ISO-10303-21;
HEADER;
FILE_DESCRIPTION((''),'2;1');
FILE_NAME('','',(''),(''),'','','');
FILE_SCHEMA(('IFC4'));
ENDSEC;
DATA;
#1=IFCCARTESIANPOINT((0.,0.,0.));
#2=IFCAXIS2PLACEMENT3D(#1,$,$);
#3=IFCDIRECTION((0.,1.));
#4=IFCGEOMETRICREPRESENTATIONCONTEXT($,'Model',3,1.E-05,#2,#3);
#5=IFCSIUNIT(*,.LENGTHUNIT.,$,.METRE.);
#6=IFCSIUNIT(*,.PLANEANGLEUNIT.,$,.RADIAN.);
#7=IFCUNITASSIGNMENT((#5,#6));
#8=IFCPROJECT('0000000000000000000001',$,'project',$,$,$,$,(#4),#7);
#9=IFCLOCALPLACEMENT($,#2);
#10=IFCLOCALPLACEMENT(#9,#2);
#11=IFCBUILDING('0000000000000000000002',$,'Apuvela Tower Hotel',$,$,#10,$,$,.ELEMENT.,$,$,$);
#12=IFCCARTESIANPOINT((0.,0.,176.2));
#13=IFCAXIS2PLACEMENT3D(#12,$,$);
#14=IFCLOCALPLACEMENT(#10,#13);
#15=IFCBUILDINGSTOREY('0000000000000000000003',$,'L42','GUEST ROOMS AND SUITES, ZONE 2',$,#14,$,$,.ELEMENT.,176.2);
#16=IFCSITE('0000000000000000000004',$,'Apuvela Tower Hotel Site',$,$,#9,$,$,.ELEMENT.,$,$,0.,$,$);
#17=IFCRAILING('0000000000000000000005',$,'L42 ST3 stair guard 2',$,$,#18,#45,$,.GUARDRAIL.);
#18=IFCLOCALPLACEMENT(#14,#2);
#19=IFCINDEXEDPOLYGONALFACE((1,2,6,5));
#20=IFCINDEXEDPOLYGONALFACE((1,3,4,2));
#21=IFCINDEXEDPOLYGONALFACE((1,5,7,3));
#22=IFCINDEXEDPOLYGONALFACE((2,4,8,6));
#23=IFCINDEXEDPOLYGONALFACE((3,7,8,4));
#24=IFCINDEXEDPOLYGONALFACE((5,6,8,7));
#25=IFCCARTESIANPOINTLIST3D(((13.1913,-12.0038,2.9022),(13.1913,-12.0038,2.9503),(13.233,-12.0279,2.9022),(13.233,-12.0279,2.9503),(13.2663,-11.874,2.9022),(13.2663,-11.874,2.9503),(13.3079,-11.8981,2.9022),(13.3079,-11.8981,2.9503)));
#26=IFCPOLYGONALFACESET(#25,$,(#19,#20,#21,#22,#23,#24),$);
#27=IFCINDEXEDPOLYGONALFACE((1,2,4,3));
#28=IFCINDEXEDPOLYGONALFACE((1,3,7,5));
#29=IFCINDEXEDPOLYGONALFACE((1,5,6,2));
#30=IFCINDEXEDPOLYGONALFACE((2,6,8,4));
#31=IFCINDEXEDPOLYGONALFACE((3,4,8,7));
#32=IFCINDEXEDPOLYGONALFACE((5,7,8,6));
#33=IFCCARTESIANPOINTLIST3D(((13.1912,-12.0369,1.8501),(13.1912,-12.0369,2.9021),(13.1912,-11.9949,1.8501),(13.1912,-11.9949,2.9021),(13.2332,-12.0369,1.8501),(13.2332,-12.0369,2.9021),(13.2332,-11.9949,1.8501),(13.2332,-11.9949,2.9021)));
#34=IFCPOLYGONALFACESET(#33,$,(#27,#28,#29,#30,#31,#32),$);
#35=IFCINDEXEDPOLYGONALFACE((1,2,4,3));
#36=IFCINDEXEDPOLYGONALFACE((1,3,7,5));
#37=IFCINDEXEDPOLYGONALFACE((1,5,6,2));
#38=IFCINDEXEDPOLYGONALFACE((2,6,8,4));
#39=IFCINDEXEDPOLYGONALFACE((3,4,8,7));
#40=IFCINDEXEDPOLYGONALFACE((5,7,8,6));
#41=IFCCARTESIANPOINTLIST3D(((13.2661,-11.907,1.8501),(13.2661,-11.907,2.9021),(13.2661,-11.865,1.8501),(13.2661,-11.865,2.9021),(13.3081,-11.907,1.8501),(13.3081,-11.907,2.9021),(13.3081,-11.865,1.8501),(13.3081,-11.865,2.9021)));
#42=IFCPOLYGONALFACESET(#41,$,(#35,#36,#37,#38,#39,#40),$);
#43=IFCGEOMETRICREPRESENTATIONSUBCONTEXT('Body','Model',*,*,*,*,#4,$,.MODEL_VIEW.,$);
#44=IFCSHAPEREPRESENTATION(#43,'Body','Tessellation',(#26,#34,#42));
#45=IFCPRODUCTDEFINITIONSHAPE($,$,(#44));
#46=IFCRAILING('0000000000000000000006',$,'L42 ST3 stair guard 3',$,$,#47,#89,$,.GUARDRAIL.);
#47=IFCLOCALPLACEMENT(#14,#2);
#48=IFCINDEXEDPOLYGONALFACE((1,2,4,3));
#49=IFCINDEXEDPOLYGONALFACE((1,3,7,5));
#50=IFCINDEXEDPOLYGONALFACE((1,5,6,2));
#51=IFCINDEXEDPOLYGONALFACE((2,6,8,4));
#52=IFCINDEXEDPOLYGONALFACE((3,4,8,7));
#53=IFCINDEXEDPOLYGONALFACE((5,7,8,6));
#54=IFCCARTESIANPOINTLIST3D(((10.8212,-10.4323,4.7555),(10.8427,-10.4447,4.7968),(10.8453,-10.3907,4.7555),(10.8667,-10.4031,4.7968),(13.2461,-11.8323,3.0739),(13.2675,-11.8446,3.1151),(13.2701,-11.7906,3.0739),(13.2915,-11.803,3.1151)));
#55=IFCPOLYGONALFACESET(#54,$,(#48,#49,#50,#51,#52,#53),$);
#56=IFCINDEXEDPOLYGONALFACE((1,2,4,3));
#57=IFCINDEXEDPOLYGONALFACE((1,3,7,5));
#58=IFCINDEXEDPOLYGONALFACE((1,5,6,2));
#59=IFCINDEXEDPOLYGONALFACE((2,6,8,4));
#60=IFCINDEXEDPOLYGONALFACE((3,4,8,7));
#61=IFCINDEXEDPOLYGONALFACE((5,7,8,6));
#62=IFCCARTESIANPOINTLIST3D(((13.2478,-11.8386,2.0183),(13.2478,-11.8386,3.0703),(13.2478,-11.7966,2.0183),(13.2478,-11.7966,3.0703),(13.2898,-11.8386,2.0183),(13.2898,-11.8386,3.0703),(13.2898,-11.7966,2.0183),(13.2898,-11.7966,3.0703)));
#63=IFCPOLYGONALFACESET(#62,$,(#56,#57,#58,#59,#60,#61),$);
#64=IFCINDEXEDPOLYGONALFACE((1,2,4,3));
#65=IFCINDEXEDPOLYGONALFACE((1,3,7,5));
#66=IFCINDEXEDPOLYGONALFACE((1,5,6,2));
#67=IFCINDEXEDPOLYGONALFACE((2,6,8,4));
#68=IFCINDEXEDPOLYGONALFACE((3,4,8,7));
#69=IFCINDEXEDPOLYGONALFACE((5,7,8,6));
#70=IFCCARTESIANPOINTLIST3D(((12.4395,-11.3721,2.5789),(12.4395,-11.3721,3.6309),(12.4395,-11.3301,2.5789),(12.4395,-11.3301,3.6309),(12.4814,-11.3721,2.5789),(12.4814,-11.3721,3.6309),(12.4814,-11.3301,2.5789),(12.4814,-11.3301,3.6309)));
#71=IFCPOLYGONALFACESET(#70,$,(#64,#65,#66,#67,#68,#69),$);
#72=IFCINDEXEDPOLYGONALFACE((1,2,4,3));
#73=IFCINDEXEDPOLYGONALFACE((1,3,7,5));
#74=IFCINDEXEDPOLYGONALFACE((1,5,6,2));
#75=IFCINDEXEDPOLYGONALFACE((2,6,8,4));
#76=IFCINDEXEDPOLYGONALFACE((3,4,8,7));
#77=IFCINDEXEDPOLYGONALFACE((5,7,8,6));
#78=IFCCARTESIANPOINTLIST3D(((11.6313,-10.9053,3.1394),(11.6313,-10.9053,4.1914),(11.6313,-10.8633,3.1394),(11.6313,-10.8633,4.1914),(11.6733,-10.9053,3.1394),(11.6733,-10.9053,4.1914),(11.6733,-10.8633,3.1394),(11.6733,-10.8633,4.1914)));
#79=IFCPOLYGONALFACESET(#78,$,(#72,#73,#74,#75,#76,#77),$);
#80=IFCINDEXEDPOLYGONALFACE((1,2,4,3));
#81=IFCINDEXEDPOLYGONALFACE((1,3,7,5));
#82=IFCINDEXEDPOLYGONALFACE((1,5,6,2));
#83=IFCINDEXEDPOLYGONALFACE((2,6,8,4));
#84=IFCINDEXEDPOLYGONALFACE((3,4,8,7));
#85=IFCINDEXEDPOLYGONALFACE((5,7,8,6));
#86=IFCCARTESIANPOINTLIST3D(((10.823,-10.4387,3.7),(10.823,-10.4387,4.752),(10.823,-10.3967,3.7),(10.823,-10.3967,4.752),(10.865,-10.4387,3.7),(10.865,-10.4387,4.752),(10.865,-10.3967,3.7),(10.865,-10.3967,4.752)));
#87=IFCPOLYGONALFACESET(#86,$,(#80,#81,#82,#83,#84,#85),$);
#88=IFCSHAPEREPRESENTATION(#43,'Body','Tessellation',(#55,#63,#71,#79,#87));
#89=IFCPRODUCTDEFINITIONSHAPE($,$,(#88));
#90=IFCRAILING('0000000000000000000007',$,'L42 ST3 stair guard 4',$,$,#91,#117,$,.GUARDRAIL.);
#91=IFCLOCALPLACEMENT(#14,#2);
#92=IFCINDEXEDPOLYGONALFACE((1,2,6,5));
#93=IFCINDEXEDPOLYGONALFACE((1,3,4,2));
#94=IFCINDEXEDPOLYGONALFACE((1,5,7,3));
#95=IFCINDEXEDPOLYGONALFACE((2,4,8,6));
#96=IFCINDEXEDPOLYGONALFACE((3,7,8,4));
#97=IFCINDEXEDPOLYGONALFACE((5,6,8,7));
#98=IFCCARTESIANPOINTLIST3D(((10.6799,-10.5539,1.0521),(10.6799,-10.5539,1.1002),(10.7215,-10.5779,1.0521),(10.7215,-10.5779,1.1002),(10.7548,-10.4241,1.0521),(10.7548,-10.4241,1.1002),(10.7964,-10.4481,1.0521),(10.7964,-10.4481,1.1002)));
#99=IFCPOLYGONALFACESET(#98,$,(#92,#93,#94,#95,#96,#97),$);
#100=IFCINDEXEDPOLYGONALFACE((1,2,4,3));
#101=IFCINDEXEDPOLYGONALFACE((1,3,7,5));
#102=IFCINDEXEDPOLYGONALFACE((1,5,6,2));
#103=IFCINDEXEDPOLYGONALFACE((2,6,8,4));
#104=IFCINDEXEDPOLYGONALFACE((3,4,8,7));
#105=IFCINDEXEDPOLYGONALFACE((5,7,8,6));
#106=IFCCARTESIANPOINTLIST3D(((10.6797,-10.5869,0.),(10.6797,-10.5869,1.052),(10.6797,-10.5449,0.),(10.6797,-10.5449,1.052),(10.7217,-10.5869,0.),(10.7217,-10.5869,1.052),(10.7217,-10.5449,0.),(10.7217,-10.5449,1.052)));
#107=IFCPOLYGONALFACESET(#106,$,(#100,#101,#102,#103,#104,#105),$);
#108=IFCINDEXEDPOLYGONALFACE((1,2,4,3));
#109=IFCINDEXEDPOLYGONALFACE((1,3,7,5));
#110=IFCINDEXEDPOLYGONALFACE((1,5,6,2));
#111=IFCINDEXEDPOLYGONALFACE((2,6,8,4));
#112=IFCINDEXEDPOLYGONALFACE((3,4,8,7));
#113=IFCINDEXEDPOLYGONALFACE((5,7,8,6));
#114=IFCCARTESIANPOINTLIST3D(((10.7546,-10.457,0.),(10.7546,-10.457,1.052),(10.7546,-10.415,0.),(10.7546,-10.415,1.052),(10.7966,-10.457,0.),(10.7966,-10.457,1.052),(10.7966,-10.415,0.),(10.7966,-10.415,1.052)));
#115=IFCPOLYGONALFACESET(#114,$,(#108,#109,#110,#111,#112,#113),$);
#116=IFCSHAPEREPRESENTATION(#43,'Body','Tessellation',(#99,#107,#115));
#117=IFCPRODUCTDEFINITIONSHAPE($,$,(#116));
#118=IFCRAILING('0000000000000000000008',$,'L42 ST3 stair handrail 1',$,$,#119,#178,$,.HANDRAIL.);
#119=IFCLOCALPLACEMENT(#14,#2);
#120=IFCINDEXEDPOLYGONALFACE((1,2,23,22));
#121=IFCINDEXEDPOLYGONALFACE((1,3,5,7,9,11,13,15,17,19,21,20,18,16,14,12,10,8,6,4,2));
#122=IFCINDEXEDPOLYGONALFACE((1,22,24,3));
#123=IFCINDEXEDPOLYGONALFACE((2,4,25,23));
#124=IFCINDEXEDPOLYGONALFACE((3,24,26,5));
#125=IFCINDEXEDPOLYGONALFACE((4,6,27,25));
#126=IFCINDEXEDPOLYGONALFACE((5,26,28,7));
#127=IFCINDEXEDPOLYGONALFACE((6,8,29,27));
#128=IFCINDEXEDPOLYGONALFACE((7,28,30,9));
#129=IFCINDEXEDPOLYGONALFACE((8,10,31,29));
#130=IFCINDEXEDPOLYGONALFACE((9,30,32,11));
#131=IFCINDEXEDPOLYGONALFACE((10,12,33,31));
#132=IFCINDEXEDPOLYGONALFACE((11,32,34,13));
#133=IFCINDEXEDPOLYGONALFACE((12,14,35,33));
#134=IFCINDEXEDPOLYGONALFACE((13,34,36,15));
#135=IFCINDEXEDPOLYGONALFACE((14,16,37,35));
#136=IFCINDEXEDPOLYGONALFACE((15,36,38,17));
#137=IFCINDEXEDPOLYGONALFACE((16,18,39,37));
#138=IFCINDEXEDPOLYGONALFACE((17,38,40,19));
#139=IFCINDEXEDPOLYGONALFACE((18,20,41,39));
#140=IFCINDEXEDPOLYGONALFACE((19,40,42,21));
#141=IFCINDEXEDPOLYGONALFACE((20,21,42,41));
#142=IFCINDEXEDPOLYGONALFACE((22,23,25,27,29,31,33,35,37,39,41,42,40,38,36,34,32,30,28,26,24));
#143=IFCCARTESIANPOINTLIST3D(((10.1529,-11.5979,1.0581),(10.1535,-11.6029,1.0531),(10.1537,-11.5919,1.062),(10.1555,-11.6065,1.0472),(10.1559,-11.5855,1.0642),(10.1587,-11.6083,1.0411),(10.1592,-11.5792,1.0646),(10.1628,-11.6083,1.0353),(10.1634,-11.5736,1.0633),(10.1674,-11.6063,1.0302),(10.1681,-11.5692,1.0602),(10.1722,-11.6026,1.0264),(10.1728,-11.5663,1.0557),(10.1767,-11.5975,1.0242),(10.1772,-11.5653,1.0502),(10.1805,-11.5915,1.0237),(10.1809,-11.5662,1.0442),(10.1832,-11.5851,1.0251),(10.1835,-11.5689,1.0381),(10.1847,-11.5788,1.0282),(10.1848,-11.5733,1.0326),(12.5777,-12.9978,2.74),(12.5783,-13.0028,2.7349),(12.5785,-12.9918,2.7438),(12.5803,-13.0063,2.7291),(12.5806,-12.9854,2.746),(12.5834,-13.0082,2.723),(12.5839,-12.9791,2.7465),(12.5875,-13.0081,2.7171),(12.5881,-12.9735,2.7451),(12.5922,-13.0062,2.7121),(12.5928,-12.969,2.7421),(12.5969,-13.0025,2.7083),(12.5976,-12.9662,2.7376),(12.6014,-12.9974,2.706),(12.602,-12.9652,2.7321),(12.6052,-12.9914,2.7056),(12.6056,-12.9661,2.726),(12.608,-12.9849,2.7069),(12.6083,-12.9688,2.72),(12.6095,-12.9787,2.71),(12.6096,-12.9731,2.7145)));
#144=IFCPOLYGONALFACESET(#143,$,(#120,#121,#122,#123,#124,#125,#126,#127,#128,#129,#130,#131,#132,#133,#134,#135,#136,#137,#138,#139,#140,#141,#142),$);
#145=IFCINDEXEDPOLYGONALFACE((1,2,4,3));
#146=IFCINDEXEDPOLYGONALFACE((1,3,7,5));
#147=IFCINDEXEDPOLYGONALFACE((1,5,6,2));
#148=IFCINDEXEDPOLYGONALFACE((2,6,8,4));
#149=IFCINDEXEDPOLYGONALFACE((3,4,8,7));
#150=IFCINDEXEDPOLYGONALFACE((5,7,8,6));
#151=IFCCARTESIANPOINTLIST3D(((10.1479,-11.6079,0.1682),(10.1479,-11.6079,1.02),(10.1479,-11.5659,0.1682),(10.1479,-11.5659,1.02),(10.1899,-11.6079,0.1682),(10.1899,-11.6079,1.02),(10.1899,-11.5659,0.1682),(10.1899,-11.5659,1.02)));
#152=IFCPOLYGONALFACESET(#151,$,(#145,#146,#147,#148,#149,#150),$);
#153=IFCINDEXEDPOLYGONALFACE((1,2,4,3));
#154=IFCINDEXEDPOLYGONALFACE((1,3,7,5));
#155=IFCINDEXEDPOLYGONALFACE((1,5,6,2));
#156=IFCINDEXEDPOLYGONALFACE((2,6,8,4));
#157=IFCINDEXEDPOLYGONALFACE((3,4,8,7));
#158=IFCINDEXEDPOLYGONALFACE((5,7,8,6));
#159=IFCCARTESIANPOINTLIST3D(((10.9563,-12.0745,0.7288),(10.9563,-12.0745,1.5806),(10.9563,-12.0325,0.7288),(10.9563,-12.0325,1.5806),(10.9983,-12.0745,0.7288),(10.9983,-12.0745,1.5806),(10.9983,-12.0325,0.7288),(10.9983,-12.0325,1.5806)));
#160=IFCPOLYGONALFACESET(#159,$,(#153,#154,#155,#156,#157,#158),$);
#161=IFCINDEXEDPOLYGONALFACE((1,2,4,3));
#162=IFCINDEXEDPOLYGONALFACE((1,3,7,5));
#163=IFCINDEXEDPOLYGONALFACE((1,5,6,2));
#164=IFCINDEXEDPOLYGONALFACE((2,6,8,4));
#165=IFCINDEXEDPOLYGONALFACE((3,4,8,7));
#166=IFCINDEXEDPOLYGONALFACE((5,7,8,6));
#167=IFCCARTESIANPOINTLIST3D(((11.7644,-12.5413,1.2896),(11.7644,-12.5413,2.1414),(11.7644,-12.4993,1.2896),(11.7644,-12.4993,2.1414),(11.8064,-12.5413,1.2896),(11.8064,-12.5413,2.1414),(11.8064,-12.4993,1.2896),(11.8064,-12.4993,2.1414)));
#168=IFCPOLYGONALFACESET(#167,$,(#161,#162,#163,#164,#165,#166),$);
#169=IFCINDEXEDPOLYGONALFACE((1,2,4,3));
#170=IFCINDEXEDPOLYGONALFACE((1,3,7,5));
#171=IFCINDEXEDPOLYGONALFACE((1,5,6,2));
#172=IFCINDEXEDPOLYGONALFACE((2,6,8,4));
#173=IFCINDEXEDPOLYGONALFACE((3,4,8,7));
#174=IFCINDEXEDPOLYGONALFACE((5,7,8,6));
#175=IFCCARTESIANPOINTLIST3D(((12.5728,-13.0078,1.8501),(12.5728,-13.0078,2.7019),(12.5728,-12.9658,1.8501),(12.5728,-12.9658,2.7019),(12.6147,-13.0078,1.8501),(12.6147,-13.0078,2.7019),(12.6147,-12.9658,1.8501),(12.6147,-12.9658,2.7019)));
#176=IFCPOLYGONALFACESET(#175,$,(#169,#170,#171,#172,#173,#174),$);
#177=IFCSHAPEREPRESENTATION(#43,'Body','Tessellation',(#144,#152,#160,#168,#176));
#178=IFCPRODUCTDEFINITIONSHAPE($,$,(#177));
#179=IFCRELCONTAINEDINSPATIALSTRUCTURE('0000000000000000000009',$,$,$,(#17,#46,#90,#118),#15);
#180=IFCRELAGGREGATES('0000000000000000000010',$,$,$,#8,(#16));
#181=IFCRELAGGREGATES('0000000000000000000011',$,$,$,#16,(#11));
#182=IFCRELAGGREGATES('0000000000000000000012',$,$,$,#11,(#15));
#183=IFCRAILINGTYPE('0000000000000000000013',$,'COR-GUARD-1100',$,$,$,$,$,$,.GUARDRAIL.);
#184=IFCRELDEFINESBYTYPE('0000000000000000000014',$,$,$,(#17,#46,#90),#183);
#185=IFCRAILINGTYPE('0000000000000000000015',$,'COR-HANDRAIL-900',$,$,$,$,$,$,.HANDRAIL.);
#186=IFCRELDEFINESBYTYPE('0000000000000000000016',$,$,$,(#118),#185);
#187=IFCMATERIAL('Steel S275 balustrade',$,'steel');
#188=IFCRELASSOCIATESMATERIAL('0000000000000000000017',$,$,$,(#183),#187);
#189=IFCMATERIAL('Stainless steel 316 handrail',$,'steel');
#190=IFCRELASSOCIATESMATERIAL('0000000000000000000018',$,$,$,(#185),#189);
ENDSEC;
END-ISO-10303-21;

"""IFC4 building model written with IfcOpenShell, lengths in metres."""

from ifc_helpers import new_model, si_unit, direction, frame, origin, origin_2d, place, context, subcontext, project, spatial, rectangle, circle, extrude, material, type_object, element, save


model = new_model("IFC4")

# Units and contexts
model_context = context("Model", 3, precision=1e-05, world=origin(), true_north=direction((0.0, 1.0)))
body_context = subcontext(model_context, "Body", "Model", "MODEL_VIEW")
ifc_project = project(units=[si_unit("LENGTHUNIT", "METRE"), si_unit("PLANEANGLEUNIT", "RADIAN")], contexts=[model_context])

# Site, building, storey
site_placement = place(None, origin())
site = spatial("IfcSite", under=ifc_project, at=site_placement, Name="Apuvela Tower Hotel Site", CompositionType="ELEMENT", RefElevation=0.0)
building_placement = place(site_placement, origin())
building = spatial("IfcBuilding", under=site, at=building_placement, Name="Apuvela Tower Hotel", CompositionType="ELEMENT")
storey_placement = place(building_placement, frame((0.0, 0.0, 176.2)))
storey = spatial("IfcBuildingStorey", under=building, at=storey_placement, Name="L42", Description="GUEST ROOMS AND SUITES, ZONE 2", CompositionType="ELEMENT", Elevation=176.2)

# Railings
ifc_material_1 = material(Name="Steel S275 balustrade", Category="steel")
railing_type_1 = type_object("IfcRailingType", Name="COR-GUARD-1100", PredefinedType="GUARDRAIL", material=ifc_material_1)
railing_1_placement = place(storey_placement, frame((13.2122, -12.0159, 1.8501)))
element("IfcRailing", 1, at=railing_1_placement, inside=storey, type_object=railing_type_1, Name="L42 ST3 stair guard 2", PredefinedType="GUARDRAIL", context=body_context, shape_type="SweptSolid", body=[
    extrude(rectangle(XDim=0.0481, YDim=0.0481, at=origin_2d()), frame((0.0, 0.0, 1.0762), z_axis=(0.499816, 0.866131, 0.0), x_axis=(-0.866131, 0.499816, 0.0)), (0.0, 0.0, 1.0), 0.1499),
    extrude(rectangle(XDim=0.042, YDim=0.042, at=origin_2d()), origin(), (0.0, 0.0, 1.0), 1.052),
    extrude(rectangle(XDim=0.042, YDim=0.042, at=origin_2d()), frame((0.075, 0.1299, 0.0)), (0.0, 0.0, 1.0), 1.052),
])
railing_2_placement = place(storey_placement, frame((13.2688, -11.8176, 2.0183)))
element("IfcRailing", 2, at=railing_2_placement, inside=storey, type_object=railing_type_1, Name="L42 ST3 stair guard 3", PredefinedType="GUARDRAIL", context=body_context, shape_type="SweptSolid", body=[
    extrude(rectangle(XDim=0.0481, YDim=0.0481, at=origin_2d()), frame((0.0, 0.0, 1.0762), z_axis=(-0.742419, 0.428618, 0.514879), x_axis=(-0.499984, -0.866035, 0.0)), (0.0, 0.0, 1.0), 3.2661),
    extrude(rectangle(XDim=0.042, YDim=0.042, at=origin_2d()), origin(), (0.0, 0.0, 1.0), 1.052),
    extrude(rectangle(XDim=0.042, YDim=0.042, at=origin_2d()), frame((-0.8083, 0.4666, 0.5605)), (0.0, 0.0, 1.0), 1.052),
    extrude(rectangle(XDim=0.042, YDim=0.042, at=origin_2d()), frame((-1.6165, 0.9333, 1.1211)), (0.0, 0.0, 1.0), 1.052),
    extrude(rectangle(XDim=0.042, YDim=0.042, at=origin_2d()), frame((-2.4248, 1.3999, 1.6816)), (0.0, 0.0, 1.0), 1.052),
])
railing_3_placement = place(storey_placement, frame((10.7007, -10.5659, 0.0)))
element("IfcRailing", 3, at=railing_3_placement, inside=storey, type_object=railing_type_1, Name="L42 ST3 stair guard 4", PredefinedType="GUARDRAIL", context=body_context, shape_type="SweptSolid", body=[
    extrude(rectangle(XDim=0.0481, YDim=0.0481, at=origin_2d()), frame((0.0, 0.0, 1.0762), z_axis=(0.499816, 0.866131, 0.0), x_axis=(-0.866131, 0.499816, 0.0)), (0.0, 0.0, 1.0), 0.1499),
    extrude(rectangle(XDim=0.042, YDim=0.042, at=origin_2d()), origin(), (0.0, 0.0, 1.0), 1.052),
    extrude(rectangle(XDim=0.042, YDim=0.042, at=origin_2d()), frame((0.075, 0.1299, 0.0)), (0.0, 0.0, 1.0), 1.052),
])
ifc_material_2 = material(Name="Stainless steel 316 handrail", Category="steel")
railing_type_2 = type_object("IfcRailingType", Name="COR-HANDRAIL-900", PredefinedType="HANDRAIL", material=ifc_material_2)
railing_4_placement = place(storey_placement, frame((10.1689, -11.5869, 0.1682)))
element("IfcRailing", 4, at=railing_4_placement, inside=storey, type_object=railing_type_2, Name="L42 ST3 stair handrail 1", PredefinedType="HANDRAIL", context=body_context, shape_type="SweptSolid", body=[
    extrude(circle(Radius=0.0239, at=origin_2d()), frame((0.0, 0.0, 0.876), z_axis=(0.74239, -0.428601, 0.514934), x_axis=(0.499984, 0.866035, 0.0)), (0.0, 0.0, 1.0), 3.2661),
    extrude(rectangle(XDim=0.042, YDim=0.042, at=origin_2d()), origin(), (0.0, 0.0, 1.0), 0.8518),
    extrude(rectangle(XDim=0.042, YDim=0.042, at=origin_2d()), frame((0.8083, -0.4666, 0.5605)), (0.0, 0.0, 1.0), 0.8518),
    extrude(rectangle(XDim=0.042, YDim=0.042, at=origin_2d()), frame((1.6165, -0.9333, 1.1213)), (0.0, 0.0, 1.0), 0.8518),
    extrude(rectangle(XDim=0.042, YDim=0.042, at=origin_2d()), frame((2.4248, -1.3999, 1.6819)), (0.0, 0.0, 1.0), 0.8518),
])

save(model, "model.ifc")
